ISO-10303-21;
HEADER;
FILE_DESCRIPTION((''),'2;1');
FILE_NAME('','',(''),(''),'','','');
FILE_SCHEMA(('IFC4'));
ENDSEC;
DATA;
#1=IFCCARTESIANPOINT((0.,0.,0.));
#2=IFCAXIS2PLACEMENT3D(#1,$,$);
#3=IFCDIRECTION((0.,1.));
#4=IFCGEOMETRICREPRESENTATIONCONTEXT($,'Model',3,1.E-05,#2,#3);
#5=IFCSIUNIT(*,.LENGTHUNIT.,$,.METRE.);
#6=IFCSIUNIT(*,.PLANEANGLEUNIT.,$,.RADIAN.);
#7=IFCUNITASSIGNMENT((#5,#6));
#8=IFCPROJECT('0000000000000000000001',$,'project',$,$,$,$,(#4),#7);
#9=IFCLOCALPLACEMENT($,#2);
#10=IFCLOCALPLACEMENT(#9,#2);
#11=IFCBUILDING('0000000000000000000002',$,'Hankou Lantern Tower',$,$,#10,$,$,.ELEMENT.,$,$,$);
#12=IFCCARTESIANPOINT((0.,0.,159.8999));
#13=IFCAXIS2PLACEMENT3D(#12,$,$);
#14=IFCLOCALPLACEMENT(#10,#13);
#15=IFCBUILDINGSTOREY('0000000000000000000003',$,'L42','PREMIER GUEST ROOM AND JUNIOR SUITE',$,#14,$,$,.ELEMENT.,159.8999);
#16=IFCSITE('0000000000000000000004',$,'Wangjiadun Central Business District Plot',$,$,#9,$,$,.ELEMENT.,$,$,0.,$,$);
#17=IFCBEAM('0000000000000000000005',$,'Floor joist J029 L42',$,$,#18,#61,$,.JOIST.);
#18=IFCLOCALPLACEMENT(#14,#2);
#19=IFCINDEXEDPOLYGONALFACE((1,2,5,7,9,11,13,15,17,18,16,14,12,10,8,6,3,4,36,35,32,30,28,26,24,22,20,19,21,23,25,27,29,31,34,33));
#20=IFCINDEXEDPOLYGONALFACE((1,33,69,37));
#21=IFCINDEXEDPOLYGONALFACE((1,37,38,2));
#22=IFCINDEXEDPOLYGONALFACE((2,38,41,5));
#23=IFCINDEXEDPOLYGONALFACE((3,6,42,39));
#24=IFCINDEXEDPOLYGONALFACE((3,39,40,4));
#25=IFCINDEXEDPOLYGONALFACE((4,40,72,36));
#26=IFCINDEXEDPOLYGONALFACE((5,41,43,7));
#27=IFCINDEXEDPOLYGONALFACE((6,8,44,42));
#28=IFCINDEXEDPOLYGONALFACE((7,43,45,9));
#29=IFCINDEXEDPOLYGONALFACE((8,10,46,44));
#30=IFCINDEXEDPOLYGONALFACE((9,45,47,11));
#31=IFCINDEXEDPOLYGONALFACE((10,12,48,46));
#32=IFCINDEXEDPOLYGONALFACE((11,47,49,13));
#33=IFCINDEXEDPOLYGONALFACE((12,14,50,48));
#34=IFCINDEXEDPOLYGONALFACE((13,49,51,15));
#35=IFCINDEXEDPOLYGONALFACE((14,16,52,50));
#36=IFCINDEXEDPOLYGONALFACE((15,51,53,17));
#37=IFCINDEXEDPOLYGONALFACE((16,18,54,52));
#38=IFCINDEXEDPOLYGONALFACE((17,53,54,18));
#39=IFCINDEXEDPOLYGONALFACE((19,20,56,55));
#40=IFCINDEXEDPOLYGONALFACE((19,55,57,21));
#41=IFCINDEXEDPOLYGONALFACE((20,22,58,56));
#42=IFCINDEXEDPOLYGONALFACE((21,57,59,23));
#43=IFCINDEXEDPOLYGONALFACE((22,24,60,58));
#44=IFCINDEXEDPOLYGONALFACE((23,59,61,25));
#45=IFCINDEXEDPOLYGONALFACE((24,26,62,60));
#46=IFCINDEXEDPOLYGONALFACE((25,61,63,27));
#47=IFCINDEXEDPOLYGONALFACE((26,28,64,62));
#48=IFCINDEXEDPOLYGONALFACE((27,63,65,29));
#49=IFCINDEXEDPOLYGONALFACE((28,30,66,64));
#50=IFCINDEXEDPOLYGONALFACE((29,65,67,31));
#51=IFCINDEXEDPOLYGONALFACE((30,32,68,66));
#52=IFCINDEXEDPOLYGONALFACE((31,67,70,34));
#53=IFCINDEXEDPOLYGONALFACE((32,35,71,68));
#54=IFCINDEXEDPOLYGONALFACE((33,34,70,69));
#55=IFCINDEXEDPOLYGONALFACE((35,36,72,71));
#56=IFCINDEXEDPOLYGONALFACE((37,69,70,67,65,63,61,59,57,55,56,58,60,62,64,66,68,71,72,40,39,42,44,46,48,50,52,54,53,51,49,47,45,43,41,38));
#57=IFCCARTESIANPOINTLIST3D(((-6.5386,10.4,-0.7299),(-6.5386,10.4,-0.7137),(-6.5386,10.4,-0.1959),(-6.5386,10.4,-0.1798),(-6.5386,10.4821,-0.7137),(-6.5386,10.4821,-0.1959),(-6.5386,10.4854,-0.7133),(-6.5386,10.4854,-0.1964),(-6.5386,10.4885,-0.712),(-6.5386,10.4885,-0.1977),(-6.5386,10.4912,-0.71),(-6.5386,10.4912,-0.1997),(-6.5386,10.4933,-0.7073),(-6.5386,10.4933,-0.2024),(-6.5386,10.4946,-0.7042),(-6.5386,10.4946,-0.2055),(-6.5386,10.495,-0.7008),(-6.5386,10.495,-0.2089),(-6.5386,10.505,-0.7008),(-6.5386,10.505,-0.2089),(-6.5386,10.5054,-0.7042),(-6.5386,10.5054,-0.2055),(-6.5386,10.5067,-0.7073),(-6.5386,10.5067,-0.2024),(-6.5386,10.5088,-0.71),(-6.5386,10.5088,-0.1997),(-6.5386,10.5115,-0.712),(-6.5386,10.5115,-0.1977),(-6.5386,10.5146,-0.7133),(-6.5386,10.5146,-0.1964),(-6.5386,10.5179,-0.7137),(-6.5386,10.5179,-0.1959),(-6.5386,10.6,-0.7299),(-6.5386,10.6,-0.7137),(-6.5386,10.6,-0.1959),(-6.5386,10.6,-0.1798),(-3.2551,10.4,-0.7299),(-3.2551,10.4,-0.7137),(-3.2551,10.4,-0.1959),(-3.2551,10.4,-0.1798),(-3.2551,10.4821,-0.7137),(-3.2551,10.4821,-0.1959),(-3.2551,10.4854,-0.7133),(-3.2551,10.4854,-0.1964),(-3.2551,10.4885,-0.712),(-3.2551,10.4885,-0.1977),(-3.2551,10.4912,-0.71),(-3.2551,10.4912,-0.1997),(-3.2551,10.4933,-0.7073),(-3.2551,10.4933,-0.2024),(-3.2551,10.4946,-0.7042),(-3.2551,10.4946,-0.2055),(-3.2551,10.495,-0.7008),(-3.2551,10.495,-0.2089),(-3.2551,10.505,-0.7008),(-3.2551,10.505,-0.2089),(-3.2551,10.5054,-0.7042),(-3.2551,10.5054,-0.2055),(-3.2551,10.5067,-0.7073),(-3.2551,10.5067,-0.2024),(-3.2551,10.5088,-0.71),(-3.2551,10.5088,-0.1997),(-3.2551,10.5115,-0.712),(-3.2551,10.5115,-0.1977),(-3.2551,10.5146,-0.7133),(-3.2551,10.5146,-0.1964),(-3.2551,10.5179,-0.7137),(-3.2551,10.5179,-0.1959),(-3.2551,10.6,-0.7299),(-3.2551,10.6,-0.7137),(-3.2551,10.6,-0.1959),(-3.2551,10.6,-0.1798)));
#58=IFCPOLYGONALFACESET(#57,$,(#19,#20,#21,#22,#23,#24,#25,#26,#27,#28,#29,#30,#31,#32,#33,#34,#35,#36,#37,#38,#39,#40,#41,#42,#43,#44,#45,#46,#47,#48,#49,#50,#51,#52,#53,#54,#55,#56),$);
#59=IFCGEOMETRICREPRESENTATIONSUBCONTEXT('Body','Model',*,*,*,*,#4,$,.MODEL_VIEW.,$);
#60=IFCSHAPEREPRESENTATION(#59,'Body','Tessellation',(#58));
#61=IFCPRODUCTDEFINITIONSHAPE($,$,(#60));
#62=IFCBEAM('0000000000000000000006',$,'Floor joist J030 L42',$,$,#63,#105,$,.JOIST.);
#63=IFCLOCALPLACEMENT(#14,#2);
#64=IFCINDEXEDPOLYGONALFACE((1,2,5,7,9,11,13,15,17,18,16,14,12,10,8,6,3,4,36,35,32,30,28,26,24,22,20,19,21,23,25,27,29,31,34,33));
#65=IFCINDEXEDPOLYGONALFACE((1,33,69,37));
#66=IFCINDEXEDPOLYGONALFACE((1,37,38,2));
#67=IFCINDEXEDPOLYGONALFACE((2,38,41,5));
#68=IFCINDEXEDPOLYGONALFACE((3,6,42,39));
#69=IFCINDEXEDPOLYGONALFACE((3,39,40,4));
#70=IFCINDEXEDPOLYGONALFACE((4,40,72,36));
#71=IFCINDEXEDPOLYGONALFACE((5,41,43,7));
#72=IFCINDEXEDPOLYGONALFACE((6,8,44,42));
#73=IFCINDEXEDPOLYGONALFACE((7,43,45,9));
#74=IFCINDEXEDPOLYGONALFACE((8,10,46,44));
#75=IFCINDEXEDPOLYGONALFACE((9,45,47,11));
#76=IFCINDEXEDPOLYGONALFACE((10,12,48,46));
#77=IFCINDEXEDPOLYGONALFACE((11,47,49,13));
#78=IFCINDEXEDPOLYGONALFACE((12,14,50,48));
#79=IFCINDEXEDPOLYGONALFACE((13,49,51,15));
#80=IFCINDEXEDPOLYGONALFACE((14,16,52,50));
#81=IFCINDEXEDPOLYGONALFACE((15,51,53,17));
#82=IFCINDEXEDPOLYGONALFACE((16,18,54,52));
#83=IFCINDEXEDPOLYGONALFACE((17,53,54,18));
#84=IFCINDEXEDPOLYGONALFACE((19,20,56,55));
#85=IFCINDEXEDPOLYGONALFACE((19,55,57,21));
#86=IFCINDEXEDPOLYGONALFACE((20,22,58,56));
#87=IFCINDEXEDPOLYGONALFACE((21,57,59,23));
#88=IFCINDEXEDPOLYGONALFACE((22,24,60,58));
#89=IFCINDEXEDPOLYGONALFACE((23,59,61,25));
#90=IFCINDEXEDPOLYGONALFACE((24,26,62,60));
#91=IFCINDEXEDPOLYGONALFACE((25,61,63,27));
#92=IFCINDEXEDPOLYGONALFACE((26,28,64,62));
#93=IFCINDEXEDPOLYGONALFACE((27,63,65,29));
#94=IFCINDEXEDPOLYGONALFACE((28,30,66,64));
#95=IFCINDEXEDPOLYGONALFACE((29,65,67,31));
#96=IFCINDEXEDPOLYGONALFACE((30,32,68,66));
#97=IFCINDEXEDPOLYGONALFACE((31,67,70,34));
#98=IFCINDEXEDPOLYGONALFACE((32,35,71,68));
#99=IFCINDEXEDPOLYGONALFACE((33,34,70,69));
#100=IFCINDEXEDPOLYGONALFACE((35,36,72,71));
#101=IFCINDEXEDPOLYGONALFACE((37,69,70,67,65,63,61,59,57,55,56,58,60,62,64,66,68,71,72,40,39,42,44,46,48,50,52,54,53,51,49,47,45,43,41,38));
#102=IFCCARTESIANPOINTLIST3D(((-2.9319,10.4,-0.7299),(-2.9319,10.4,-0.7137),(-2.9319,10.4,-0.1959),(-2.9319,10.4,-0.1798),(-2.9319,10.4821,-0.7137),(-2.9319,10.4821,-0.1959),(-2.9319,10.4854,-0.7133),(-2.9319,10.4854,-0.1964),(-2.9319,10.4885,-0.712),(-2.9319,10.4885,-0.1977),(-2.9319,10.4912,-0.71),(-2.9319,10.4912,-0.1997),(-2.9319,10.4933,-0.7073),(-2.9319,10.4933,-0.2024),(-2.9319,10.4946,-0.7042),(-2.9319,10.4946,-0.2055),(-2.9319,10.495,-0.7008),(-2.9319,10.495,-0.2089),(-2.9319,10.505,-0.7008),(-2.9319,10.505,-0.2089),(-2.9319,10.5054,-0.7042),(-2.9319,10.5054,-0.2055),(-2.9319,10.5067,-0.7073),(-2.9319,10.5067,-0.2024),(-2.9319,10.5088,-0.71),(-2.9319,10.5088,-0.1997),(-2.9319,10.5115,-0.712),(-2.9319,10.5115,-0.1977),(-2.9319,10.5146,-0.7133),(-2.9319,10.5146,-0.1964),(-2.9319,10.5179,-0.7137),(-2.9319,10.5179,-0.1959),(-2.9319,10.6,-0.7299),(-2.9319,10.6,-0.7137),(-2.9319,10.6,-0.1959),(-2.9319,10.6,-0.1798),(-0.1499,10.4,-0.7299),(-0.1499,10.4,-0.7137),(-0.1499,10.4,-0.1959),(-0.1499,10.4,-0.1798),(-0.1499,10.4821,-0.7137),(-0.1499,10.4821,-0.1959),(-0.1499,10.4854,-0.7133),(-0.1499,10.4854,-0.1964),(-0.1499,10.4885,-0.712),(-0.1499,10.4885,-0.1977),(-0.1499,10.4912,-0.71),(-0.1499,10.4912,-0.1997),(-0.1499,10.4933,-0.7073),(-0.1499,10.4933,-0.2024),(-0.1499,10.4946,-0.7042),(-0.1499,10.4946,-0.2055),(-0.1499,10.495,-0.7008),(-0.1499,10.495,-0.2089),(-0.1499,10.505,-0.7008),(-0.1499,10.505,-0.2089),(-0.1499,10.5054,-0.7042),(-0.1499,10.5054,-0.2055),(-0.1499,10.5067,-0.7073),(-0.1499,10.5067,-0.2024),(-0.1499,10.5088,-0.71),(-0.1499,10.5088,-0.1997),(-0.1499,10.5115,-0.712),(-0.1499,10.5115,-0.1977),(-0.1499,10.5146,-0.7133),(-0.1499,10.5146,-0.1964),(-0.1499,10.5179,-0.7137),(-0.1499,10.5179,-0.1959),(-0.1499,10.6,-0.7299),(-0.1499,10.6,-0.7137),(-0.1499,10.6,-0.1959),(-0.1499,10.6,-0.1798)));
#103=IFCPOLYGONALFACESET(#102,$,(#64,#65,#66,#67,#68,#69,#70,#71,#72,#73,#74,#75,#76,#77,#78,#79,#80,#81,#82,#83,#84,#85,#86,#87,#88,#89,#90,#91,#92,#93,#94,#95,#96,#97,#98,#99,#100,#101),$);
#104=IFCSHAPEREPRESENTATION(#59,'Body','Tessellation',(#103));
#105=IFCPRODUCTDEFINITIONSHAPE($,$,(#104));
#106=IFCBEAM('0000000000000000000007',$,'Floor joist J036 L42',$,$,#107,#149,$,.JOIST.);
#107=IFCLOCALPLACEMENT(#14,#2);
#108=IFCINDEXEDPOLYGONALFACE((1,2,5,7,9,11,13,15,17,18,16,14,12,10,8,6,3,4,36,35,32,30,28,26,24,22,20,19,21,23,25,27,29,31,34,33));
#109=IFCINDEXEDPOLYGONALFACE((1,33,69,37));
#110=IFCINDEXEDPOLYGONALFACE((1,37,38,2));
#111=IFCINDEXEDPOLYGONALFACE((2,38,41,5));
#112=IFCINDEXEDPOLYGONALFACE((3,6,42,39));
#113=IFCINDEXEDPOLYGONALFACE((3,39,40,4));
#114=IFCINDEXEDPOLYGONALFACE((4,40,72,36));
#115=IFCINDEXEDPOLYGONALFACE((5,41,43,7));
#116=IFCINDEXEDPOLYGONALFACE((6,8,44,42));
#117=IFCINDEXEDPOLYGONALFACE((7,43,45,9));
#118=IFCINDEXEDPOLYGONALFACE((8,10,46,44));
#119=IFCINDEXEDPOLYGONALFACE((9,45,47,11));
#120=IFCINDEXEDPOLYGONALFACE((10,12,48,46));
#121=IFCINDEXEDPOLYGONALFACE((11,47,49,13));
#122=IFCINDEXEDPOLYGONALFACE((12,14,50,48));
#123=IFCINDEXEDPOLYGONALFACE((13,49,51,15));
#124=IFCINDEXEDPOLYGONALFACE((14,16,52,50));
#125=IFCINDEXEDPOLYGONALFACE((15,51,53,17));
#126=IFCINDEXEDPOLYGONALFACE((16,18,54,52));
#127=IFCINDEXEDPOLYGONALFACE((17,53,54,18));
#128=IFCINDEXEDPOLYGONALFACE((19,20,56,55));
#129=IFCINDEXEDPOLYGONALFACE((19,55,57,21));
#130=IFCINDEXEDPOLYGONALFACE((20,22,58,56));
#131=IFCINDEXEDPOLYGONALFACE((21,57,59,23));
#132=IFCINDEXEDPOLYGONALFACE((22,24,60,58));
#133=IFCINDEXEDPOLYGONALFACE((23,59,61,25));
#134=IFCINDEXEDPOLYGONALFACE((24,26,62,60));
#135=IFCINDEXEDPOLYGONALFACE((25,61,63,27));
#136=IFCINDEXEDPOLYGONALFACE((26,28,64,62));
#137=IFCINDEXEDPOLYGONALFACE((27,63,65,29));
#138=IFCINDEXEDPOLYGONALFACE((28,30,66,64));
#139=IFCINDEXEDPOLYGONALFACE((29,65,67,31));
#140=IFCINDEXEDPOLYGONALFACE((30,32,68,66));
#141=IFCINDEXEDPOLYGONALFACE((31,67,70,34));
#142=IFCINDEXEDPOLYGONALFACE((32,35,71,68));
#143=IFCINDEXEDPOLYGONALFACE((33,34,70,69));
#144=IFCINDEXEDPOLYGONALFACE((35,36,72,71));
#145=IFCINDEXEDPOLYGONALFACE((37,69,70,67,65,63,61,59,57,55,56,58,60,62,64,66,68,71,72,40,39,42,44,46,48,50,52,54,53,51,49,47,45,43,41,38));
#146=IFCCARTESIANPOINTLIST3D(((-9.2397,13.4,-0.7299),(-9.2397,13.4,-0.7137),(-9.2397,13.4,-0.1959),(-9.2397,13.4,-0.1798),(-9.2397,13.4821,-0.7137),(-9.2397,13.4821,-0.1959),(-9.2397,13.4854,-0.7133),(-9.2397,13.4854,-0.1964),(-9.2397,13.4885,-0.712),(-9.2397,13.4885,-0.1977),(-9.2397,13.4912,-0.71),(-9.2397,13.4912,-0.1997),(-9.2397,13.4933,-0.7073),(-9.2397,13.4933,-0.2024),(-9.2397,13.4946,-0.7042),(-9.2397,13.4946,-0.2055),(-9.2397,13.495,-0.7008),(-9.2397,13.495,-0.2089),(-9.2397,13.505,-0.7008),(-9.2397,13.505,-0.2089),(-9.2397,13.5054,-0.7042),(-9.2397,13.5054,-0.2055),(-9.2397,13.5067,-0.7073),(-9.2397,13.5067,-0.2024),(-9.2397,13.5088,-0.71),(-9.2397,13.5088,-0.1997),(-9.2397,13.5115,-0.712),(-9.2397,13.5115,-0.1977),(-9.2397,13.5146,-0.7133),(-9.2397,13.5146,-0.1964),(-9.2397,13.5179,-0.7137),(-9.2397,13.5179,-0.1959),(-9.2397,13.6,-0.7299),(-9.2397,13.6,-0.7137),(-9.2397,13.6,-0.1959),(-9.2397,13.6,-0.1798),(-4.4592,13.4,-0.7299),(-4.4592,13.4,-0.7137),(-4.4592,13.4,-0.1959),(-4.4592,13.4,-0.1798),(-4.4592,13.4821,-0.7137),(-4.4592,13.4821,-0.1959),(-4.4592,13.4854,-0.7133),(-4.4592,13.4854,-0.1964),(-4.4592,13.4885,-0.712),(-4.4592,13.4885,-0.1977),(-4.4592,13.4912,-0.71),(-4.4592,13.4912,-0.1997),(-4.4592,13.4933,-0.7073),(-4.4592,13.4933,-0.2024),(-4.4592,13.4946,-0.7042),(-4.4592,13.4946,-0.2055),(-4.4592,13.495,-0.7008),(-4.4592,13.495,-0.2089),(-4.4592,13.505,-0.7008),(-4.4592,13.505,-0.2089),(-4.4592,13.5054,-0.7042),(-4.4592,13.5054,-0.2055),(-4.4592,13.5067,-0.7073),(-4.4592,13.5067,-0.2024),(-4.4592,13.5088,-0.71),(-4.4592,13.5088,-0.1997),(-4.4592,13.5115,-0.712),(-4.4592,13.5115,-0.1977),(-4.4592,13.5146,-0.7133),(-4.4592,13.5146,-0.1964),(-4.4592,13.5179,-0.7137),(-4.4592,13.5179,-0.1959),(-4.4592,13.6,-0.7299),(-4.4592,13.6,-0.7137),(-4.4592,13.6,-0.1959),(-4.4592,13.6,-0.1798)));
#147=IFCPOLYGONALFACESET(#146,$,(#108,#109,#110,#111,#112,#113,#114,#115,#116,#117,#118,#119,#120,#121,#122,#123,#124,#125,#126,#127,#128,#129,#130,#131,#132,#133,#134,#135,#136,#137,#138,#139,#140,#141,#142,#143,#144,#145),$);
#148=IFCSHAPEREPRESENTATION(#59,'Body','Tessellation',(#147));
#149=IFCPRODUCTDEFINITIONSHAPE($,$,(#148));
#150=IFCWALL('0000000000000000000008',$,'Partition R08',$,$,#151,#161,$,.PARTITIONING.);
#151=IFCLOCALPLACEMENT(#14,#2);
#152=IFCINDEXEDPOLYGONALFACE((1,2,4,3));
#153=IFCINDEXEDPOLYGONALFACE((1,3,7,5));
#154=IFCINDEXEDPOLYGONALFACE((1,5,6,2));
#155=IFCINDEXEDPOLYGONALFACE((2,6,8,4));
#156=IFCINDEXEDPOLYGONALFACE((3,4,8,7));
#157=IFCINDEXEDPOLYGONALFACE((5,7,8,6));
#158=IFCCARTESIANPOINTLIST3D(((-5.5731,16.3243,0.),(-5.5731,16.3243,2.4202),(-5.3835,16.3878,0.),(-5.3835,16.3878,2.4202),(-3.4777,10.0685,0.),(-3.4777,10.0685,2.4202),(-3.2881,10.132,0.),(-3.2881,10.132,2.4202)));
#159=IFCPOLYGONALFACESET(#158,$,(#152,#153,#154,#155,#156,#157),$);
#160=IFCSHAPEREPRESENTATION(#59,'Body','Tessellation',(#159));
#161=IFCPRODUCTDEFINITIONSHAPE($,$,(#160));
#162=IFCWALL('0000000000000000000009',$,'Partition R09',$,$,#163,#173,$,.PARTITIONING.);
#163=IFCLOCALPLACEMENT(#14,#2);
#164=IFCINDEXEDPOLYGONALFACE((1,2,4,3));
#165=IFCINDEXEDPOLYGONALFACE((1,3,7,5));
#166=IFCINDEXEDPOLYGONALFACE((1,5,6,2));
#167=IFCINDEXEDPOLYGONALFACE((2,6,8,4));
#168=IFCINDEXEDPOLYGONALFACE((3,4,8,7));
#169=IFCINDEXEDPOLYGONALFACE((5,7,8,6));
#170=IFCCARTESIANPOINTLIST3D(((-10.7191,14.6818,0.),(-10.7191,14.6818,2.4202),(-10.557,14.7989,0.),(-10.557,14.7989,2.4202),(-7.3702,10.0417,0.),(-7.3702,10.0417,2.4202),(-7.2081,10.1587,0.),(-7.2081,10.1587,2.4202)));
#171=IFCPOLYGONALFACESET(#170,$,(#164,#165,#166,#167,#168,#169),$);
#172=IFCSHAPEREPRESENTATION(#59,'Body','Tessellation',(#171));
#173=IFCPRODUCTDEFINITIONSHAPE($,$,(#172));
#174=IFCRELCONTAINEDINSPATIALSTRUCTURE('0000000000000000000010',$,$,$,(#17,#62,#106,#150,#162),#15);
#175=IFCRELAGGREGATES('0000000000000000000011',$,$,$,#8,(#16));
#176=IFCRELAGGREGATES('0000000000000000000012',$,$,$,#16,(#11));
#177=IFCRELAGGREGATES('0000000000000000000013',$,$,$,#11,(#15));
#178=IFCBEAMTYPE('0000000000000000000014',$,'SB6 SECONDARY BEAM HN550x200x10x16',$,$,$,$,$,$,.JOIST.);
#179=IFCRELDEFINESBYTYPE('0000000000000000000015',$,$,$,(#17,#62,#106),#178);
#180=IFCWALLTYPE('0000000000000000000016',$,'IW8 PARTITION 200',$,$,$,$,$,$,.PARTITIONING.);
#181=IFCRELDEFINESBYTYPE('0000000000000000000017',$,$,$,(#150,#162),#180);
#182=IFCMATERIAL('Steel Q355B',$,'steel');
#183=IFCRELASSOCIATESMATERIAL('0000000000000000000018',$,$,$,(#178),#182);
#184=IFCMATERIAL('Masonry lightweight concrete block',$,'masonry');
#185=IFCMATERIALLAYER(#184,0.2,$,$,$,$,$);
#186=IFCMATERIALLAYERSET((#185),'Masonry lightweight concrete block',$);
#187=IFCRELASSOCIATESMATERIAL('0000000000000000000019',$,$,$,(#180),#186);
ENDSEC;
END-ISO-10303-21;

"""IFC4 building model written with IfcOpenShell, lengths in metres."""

from ifc_helpers import new_model, si_unit, direction, frame, frame_2d, origin, origin_2d, place, context, subcontext, project, spatial, rectangle, i_section, extrude, material, layer, layer_set, material_profile, profile_set, type_object, element, save


model = new_model("IFC4")

# Units and contexts
model_context = context("Model", 3, precision=1e-05, world=origin(), true_north=direction((0.0, 1.0)))
body_context = subcontext(model_context, "Body", "Model", "MODEL_VIEW")
ifc_project = project(units=[si_unit("LENGTHUNIT", "METRE"), si_unit("PLANEANGLEUNIT", "RADIAN")], contexts=[model_context])

# Site, building, storey
site_placement = place(None, origin())
site = spatial("IfcSite", under=ifc_project, at=site_placement, Name="Wangjiadun Central Business District Plot", CompositionType="ELEMENT", RefElevation=0.0)
building_placement = place(site_placement, origin())
building = spatial("IfcBuilding", under=site, at=building_placement, Name="Hankou Lantern Tower", CompositionType="ELEMENT")
storey_placement = place(building_placement, frame((0.0, 0.0, 159.8999)))
storey = spatial("IfcBuildingStorey", under=building, at=storey_placement, Name="L42", Description="PREMIER GUEST ROOM AND JUNIOR SUITE", CompositionType="ELEMENT", Elevation=159.8999)

# Beams
ifc_material_1 = material(Name="Steel Q355B", Category="steel")
ifc_material_profile_1 = material_profile(ifc_material_1, i_section(OverallWidth=0.2, OverallDepth=0.55, WebThickness=0.01, FlangeThickness=0.0161, FilletRadius=0.0129, at=origin_2d()), Name="HN550x200x10x16")
ifc_profile_set_1 = profile_set([ifc_material_profile_1], Name="Steel Q355B")
beam_type_1 = type_object("IfcBeamType", Name="SB6 SECONDARY BEAM HN550x200x10x16", PredefinedType="JOIST", material=ifc_profile_set_1)
beam_1_placement = place(storey_placement, frame((-6.5386, 10.5, -0.4548), z_axis=(1.0, 0.0, 0.0), x_axis=(0.0, 1.0, 0.0)))
element("IfcBeam", 1, at=beam_1_placement, inside=storey, type_object=beam_type_1, Name="Floor joist J029 L42", PredefinedType="JOIST", context=body_context, shape_type="SweptSolid", body=[
    extrude(i_section(OverallWidth=0.2, OverallDepth=0.55, WebThickness=0.01, FlangeThickness=0.0161, FilletRadius=0.0129, at=origin_2d()), origin(), (0.0, 0.0, 1.0), 3.2834),
])
beam_2_placement = place(storey_placement, frame((-2.9319, 10.5, -0.4548), z_axis=(1.0, 0.0, 0.0), x_axis=(0.0, 1.0, 0.0)))
element("IfcBeam", 2, at=beam_2_placement, inside=storey, type_object=beam_type_1, Name="Floor joist J030 L42", PredefinedType="JOIST", context=body_context, shape_type="SweptSolid", body=[
    extrude(i_section(OverallWidth=0.2, OverallDepth=0.55, WebThickness=0.01, FlangeThickness=0.0161, FilletRadius=0.0129, at=origin_2d()), origin(), (0.0, 0.0, 1.0), 2.782),
])
beam_3_placement = place(storey_placement, frame((-9.2397, 13.5, -0.4548), z_axis=(1.0, 0.0, 0.0), x_axis=(0.0, 1.0, 0.0)))
element("IfcBeam", 3, at=beam_3_placement, inside=storey, type_object=beam_type_1, Name="Floor joist J036 L42", PredefinedType="JOIST", context=body_context, shape_type="SweptSolid", body=[
    extrude(i_section(OverallWidth=0.2, OverallDepth=0.55, WebThickness=0.01, FlangeThickness=0.0161, FilletRadius=0.0129, at=origin_2d()), origin(), (0.0, 0.0, 1.0), 4.7805),
])

# Walls
ifc_material_2 = material(Name="Masonry lightweight concrete block", Category="masonry")
ifc_layer = layer(ifc_material_2, 0.2)
ifc_layer_set = layer_set([ifc_layer], Name="Masonry lightweight concrete block")
wall_type = type_object("IfcWallType", Name="IW8 PARTITION 200", PredefinedType="PARTITIONING", material=ifc_layer_set)
wall_1_placement = place(storey_placement, frame((-3.3828, 10.1001, 0.0), z_axis=(0.0, 0.0, 1.0), x_axis=(-0.317615, 0.94822, 0.0)))
element("IfcWall", 4, at=wall_1_placement, inside=storey, type_object=wall_type, Name="Partition R08", PredefinedType="PARTITIONING", context=body_context, shape_type="SweptSolid", body=[
    extrude(rectangle(XDim=6.5974, YDim=0.2, at=frame_2d((3.2988, 0.0))), origin(), (0.0, 0.0, 1.0), 2.4202),
])
wall_2_placement = place(storey_placement, frame((-7.2891, 10.1001, 0.0), z_axis=(0.0, 0.0, 1.0), x_axis=(-0.585223, 0.810873, 0.0)))
element("IfcWall", 5, at=wall_2_placement, inside=storey, type_object=wall_type, Name="Partition R09", PredefinedType="PARTITIONING", context=body_context, shape_type="SweptSolid", body=[
    extrude(rectangle(XDim=5.7224, YDim=0.2, at=frame_2d((2.8613, 0.0))), origin(), (0.0, 0.0, 1.0), 2.4202),
])

save(model, "model.ifc")
